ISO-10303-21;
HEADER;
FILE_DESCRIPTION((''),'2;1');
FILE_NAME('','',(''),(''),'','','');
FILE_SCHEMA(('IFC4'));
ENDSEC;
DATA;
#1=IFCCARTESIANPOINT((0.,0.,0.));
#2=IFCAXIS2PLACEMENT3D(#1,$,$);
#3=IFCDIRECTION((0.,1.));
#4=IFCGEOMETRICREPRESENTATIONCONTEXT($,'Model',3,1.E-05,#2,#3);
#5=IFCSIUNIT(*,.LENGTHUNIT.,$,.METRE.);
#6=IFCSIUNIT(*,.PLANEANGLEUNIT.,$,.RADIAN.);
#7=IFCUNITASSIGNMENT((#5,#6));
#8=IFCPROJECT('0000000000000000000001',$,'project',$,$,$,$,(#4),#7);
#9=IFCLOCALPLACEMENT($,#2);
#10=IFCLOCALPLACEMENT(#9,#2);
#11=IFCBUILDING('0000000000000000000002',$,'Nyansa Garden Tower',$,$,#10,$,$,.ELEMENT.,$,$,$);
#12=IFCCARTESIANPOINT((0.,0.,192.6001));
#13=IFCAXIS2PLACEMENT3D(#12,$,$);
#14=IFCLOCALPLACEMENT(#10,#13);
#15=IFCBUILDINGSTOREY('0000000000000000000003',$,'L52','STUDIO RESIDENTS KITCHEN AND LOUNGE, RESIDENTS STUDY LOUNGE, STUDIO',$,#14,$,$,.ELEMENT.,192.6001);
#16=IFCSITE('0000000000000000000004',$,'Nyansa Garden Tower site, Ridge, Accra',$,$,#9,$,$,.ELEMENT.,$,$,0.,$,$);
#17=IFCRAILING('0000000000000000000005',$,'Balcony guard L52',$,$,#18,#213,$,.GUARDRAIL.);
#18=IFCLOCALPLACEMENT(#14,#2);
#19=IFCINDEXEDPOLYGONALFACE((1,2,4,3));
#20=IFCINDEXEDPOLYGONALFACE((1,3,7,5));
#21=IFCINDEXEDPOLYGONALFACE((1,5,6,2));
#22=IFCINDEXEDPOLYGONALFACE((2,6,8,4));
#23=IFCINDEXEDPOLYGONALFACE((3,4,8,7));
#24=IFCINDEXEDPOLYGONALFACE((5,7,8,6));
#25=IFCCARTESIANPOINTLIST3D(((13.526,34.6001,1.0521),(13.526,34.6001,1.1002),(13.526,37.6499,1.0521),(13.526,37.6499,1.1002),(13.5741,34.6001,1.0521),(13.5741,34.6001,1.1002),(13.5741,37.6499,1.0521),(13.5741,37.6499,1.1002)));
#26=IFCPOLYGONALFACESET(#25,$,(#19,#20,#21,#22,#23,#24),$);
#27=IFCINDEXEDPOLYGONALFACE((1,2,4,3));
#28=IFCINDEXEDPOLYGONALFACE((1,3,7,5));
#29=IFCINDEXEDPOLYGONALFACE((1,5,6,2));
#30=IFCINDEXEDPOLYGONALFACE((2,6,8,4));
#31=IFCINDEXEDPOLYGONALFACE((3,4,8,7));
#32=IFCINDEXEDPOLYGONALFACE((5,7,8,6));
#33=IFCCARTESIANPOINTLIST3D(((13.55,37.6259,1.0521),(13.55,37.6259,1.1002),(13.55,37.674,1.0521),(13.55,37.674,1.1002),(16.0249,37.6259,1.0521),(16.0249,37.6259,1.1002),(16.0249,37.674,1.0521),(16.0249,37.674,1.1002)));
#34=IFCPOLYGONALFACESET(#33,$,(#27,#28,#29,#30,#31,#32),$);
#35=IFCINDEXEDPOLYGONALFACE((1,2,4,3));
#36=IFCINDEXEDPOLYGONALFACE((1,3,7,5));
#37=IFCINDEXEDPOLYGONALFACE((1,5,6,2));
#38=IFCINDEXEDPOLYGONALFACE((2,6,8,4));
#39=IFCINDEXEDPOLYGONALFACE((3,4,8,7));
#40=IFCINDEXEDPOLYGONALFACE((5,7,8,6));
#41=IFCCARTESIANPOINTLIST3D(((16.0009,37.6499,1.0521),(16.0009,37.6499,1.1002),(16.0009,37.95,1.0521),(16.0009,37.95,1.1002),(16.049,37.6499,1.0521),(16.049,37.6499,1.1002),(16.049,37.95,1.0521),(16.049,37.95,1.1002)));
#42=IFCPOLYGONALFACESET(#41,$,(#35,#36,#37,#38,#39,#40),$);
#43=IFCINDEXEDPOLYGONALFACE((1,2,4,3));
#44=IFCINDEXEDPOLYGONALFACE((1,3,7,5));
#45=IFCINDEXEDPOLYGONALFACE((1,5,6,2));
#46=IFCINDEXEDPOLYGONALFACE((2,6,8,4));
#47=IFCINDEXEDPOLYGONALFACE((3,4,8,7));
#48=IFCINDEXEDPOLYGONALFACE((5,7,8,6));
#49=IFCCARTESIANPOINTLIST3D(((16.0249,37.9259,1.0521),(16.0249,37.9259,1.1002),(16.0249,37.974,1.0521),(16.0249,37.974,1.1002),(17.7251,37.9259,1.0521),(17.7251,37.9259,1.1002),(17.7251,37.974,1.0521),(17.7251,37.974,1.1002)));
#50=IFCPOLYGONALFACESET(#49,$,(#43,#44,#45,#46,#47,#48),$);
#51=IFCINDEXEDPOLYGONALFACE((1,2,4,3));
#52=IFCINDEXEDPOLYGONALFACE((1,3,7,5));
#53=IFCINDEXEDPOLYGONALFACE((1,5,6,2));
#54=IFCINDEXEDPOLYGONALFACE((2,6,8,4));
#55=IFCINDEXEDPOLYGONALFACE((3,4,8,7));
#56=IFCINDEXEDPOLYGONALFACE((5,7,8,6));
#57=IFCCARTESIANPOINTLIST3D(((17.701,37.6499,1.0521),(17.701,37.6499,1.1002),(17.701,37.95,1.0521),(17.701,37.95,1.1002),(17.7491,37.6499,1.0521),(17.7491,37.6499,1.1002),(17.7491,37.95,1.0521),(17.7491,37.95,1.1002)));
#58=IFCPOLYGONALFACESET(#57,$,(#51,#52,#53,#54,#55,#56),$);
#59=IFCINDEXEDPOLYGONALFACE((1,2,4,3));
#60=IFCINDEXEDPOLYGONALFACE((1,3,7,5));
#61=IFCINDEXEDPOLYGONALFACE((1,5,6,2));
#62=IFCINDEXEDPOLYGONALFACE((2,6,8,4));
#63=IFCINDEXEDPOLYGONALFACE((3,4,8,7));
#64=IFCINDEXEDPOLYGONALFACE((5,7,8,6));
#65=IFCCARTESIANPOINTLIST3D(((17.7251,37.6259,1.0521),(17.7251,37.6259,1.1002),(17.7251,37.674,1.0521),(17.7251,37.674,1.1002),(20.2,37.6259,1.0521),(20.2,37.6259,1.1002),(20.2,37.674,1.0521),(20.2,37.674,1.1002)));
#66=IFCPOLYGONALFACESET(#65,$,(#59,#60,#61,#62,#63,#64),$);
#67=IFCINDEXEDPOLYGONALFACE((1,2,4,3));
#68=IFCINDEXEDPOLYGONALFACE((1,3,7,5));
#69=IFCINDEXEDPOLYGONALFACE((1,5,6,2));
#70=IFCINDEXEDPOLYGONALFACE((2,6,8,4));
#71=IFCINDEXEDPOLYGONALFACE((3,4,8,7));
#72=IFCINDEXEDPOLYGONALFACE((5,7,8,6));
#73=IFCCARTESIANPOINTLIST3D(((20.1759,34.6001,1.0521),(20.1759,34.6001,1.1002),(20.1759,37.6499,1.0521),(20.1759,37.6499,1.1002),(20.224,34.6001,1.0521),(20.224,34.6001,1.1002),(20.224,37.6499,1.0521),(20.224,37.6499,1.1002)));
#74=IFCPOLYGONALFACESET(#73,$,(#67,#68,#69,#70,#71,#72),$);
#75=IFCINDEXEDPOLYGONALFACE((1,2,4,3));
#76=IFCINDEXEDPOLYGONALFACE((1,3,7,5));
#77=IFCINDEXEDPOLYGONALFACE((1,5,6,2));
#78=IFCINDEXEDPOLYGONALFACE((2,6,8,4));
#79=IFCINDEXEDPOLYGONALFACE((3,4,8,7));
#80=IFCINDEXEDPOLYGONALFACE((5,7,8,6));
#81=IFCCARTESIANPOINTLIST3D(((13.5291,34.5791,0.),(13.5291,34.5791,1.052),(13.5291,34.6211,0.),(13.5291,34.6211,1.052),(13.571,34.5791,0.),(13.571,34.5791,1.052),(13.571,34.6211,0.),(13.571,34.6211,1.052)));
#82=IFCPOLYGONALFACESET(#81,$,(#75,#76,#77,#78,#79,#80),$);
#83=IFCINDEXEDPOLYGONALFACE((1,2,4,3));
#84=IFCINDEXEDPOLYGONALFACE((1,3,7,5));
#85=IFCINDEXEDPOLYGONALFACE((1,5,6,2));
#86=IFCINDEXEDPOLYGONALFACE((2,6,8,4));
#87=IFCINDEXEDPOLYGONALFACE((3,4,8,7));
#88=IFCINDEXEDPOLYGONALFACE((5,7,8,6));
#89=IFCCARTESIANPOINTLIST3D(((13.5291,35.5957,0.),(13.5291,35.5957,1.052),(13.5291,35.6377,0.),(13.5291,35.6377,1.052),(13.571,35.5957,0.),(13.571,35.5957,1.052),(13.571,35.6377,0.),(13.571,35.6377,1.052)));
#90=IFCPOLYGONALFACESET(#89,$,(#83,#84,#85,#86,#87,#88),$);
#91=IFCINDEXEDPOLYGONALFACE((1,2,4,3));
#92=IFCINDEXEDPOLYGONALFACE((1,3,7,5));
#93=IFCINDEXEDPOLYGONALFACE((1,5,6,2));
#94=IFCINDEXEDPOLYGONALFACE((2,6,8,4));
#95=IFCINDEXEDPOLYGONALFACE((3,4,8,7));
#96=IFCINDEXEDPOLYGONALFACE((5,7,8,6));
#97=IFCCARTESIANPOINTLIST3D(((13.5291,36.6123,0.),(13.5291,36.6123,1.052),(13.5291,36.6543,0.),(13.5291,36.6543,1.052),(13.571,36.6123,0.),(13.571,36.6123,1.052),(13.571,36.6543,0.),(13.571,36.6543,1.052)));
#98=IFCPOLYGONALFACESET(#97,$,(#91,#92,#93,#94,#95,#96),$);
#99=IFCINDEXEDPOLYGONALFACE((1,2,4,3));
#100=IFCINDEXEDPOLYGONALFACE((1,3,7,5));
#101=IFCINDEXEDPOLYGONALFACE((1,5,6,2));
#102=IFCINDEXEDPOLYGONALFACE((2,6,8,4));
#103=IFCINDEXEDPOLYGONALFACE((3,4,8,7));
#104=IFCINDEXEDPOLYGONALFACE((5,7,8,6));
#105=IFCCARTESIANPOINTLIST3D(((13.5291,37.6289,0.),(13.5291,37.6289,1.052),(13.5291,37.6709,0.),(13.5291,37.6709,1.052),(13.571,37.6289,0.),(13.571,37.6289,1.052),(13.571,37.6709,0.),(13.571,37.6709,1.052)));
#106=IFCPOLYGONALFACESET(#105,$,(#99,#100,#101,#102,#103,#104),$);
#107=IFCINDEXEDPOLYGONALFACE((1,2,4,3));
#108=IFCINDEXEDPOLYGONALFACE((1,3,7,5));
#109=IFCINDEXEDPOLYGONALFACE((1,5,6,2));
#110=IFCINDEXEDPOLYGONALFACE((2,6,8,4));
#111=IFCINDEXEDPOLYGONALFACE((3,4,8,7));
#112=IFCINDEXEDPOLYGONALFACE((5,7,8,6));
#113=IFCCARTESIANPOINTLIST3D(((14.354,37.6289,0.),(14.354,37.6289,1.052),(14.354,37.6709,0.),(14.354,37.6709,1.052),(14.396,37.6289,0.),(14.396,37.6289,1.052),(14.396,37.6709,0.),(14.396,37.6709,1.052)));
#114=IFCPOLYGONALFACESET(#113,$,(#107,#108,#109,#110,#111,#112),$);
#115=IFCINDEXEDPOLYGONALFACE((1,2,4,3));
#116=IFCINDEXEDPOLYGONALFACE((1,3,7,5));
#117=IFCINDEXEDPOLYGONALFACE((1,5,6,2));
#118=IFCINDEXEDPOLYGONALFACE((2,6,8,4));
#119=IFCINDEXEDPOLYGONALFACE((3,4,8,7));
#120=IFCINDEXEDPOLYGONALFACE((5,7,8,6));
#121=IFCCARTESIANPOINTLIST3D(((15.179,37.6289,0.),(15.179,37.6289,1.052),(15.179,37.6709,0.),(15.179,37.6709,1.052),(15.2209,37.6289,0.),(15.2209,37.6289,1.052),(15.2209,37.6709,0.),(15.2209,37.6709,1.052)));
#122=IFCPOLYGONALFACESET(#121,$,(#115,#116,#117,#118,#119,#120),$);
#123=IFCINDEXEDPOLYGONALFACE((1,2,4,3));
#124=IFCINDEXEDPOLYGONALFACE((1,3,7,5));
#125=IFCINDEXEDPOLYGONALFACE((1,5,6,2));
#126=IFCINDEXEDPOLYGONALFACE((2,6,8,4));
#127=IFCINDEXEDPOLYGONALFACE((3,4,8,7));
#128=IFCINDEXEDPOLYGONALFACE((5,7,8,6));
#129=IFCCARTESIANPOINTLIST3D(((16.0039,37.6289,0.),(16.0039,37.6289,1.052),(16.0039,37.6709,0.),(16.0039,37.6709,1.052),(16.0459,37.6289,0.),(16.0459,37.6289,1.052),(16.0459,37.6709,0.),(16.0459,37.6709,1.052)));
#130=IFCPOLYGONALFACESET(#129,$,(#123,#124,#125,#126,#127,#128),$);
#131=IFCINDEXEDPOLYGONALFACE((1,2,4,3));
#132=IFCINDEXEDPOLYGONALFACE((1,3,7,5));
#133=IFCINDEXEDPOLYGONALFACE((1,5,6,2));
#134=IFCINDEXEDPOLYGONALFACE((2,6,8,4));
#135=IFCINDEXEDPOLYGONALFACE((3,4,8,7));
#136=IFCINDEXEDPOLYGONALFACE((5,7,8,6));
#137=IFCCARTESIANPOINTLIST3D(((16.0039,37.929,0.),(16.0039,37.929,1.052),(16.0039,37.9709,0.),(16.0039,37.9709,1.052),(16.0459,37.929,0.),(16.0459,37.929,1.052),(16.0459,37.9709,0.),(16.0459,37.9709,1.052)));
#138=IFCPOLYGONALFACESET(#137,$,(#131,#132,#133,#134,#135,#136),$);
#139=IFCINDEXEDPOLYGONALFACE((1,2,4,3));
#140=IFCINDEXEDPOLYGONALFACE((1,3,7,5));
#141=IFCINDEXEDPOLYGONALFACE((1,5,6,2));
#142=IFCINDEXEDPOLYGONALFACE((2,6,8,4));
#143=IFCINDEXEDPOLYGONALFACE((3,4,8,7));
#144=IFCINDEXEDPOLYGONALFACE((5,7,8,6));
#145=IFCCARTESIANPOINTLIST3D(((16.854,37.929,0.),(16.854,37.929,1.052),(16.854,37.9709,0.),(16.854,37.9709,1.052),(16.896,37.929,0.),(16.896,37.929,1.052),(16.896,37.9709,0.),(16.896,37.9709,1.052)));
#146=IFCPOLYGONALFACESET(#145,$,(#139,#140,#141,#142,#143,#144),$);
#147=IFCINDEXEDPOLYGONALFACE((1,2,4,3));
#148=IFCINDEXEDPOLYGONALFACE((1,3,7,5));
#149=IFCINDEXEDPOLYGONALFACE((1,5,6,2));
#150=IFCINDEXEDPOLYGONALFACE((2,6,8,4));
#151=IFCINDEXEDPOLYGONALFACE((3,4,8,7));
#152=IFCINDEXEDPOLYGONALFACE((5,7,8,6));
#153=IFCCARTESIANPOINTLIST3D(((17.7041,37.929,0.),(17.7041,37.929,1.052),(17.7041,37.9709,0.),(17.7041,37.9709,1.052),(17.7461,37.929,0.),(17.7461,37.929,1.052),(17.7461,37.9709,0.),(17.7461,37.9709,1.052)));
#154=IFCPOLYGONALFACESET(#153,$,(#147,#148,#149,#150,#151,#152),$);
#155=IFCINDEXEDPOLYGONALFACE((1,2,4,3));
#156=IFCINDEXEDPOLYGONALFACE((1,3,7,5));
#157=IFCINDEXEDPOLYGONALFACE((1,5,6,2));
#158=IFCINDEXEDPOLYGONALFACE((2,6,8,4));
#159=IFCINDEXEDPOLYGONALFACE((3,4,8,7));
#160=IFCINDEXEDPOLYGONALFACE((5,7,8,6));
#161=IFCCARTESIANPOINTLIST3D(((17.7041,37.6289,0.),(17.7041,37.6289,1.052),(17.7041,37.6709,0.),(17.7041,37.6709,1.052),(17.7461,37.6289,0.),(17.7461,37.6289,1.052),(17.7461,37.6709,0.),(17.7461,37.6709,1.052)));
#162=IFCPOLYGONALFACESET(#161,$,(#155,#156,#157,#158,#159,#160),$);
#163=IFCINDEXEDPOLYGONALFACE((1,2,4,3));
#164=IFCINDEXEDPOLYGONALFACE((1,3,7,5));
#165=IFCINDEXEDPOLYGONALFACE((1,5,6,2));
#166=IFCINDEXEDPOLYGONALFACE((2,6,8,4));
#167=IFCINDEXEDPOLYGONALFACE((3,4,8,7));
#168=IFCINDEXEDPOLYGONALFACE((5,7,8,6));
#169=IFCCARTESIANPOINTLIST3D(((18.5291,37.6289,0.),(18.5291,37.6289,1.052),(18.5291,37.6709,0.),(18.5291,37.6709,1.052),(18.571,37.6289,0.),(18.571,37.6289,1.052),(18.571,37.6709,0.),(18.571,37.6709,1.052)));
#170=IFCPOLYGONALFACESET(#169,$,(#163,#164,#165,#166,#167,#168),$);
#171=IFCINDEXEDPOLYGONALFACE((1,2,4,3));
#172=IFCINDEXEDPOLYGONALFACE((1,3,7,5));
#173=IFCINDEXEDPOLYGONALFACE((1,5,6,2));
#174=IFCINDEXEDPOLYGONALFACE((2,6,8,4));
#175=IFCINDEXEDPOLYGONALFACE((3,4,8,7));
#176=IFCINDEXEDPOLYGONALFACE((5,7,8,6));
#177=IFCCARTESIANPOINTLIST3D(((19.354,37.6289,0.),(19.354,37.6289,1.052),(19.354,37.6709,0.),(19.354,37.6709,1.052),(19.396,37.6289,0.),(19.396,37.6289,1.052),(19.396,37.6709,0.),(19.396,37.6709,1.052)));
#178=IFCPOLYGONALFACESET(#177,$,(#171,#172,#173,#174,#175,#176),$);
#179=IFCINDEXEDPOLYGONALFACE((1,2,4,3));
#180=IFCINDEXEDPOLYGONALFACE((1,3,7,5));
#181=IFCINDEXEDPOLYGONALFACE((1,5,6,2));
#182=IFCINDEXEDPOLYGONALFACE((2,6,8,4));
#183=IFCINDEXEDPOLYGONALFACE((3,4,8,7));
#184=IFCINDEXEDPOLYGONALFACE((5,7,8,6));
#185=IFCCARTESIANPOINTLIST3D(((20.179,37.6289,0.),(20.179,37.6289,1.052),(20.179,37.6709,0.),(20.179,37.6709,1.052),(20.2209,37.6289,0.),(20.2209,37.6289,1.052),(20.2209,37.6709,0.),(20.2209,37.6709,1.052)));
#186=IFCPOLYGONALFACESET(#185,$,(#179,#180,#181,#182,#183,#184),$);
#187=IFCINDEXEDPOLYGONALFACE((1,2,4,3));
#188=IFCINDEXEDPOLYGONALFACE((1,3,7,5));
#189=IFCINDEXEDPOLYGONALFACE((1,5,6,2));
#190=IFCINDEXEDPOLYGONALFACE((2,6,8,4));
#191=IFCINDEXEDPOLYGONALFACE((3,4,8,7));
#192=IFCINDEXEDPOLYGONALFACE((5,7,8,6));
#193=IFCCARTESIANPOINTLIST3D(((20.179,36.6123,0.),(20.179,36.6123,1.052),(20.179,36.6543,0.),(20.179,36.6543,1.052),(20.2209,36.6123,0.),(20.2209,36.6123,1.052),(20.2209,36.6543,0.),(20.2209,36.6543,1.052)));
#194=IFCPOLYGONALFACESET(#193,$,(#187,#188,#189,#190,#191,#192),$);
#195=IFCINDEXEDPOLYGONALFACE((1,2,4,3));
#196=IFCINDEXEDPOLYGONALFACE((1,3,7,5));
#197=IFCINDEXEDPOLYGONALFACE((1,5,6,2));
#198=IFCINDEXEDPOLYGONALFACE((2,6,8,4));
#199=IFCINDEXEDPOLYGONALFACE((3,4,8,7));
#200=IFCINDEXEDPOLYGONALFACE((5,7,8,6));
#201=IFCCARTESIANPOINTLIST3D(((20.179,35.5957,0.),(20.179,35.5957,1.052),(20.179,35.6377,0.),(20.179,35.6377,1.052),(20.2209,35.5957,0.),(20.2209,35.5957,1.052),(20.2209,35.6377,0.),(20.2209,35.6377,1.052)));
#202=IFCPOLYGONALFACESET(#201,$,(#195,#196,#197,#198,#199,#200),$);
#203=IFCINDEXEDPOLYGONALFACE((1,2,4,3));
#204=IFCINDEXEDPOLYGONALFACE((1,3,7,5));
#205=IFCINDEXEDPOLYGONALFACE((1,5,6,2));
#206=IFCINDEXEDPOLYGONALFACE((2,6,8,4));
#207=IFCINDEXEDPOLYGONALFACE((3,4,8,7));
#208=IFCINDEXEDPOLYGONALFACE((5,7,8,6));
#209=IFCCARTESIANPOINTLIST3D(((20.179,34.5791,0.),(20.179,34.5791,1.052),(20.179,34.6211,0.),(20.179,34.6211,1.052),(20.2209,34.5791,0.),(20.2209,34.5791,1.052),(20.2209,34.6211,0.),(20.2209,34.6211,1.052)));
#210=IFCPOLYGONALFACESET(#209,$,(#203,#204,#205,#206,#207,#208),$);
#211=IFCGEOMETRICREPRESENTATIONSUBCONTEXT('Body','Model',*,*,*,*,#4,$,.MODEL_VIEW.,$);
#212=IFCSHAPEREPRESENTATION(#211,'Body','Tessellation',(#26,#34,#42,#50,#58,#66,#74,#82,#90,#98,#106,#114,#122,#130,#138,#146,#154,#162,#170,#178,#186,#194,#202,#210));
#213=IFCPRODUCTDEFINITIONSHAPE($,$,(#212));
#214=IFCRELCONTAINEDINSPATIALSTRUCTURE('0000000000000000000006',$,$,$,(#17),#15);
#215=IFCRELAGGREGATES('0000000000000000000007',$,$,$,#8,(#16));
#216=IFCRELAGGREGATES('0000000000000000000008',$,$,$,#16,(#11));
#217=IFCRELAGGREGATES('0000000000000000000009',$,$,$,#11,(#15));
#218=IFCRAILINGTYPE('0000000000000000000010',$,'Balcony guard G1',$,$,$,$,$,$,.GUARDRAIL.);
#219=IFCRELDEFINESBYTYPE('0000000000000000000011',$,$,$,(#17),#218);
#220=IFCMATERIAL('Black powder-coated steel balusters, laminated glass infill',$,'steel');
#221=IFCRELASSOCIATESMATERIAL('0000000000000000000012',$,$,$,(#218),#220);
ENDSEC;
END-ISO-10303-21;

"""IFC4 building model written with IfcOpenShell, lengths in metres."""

from ifc_helpers import new_model, si_unit, direction, frame, origin, origin_2d, place, context, subcontext, project, spatial, rectangle, extrude, material, type_object, element, save


model = new_model("IFC4")

# Units and contexts
model_context = context("Model", 3, precision=1e-05, world=origin(), true_north=direction((0.0, 1.0)))
body_context = subcontext(model_context, "Body", "Model", "MODEL_VIEW")
ifc_project = project(units=[si_unit("LENGTHUNIT", "METRE"), si_unit("PLANEANGLEUNIT", "RADIAN")], contexts=[model_context])

# Site, building, storey
site_placement = place(None, origin())
site = spatial("IfcSite", under=ifc_project, at=site_placement, Name="Nyansa Garden Tower site, Ridge, Accra", CompositionType="ELEMENT", RefElevation=0.0)
building_placement = place(site_placement, origin())
building = spatial("IfcBuilding", under=site, at=building_placement, Name="Nyansa Garden Tower", CompositionType="ELEMENT")
storey_placement = place(building_placement, frame((0.0, 0.0, 192.6001)))
storey = spatial("IfcBuildingStorey", under=building, at=storey_placement, Name="L52", Description="STUDIO RESIDENTS KITCHEN AND LOUNGE, RESIDENTS STUDY LOUNGE, STUDIO", CompositionType="ELEMENT", Elevation=192.6001)

# Railing
ifc_material_1 = material(Name="Black powder-coated steel balusters, laminated glass infill", Category="steel")
railing_type = type_object("IfcRailingType", Name="Balcony guard G1", PredefinedType="GUARDRAIL", material=ifc_material_1)
railing_placement = place(storey_placement, frame((13.55, 34.6001, 0.0)))
element("IfcRailing", 1, at=railing_placement, inside=storey, type_object=railing_type, Name="Balcony guard L52", PredefinedType="GUARDRAIL", context=body_context, shape_type="SweptSolid", body=[
    extrude(rectangle(XDim=0.0481, YDim=0.0481, at=origin_2d()), frame((0.0, 0.0, 1.0762), z_axis=(0.0, 1.0, 0.0), x_axis=(-1.0, 0.0, 0.0)), (0.0, 0.0, 1.0), 3.0498),
    extrude(rectangle(XDim=0.0481, YDim=0.0481, at=origin_2d()), frame((0.0, 3.0498, 1.0762), z_axis=(1.0, 0.0, 0.0), x_axis=(0.0, 1.0, 0.0)), (0.0, 0.0, 1.0), 2.4749),
    extrude(rectangle(XDim=0.0481, YDim=0.0481, at=origin_2d()), frame((2.4749, 3.0498, 1.0762), z_axis=(0.0, 1.0, 0.0), x_axis=(-1.0, 0.0, 0.0)), (0.0, 0.0, 1.0), 0.3),
    extrude(rectangle(XDim=0.0481, YDim=0.0481, at=origin_2d()), frame((2.4749, 3.3499, 1.0762), z_axis=(1.0, 0.0, 0.0), x_axis=(0.0, 1.0, 0.0)), (0.0, 0.0, 1.0), 1.7002),
    extrude(rectangle(XDim=0.0481, YDim=0.0481, at=origin_2d()), frame((4.175, 3.3499, 1.0762), z_axis=(0.0, -1.0, 0.0), x_axis=(1.0, 0.0, 0.0)), (0.0, 0.0, 1.0), 0.3),
    extrude(rectangle(XDim=0.0481, YDim=0.0481, at=origin_2d()), frame((4.175, 3.0498, 1.0762), z_axis=(1.0, 0.0, 0.0), x_axis=(0.0, 1.0, 0.0)), (0.0, 0.0, 1.0), 2.4749),
    extrude(rectangle(XDim=0.0481, YDim=0.0481, at=origin_2d()), frame((6.6499, 3.0498, 1.0762), z_axis=(0.0, -1.0, 0.0), x_axis=(1.0, 0.0, 0.0)), (0.0, 0.0, 1.0), 3.0498),
    extrude(rectangle(XDim=0.042, YDim=0.042, at=origin_2d()), origin(), (0.0, 0.0, 1.0), 1.052),
    extrude(rectangle(XDim=0.042, YDim=0.042, at=origin_2d()), frame((0.0, 1.0166, 0.0)), (0.0, 0.0, 1.0), 1.052),
    extrude(rectangle(XDim=0.042, YDim=0.042, at=origin_2d()), frame((0.0, 2.0332, 0.0)), (0.0, 0.0, 1.0), 1.052),
    extrude(rectangle(XDim=0.042, YDim=0.042, at=origin_2d()), frame((0.0, 3.0498, 0.0)), (0.0, 0.0, 1.0), 1.052),
    extrude(rectangle(XDim=0.042, YDim=0.042, at=origin_2d()), frame((0.825, 3.0498, 0.0)), (0.0, 0.0, 1.0), 1.052),
    extrude(rectangle(XDim=0.042, YDim=0.042, at=origin_2d()), frame((1.6499, 3.0498, 0.0)), (0.0, 0.0, 1.0), 1.052),
    extrude(rectangle(XDim=0.042, YDim=0.042, at=origin_2d()), frame((2.4749, 3.0498, 0.0)), (0.0, 0.0, 1.0), 1.052),
    extrude(rectangle(XDim=0.042, YDim=0.042, at=origin_2d()), frame((2.4749, 3.3499, 0.0)), (0.0, 0.0, 1.0), 1.052),
    extrude(rectangle(XDim=0.042, YDim=0.042, at=origin_2d()), frame((3.325, 3.3499, 0.0)), (0.0, 0.0, 1.0), 1.052),
    extrude(rectangle(XDim=0.042, YDim=0.042, at=origin_2d()), frame((4.175, 3.3499, 0.0)), (0.0, 0.0, 1.0), 1.052),
    extrude(rectangle(XDim=0.042, YDim=0.042, at=origin_2d()), frame((4.175, 3.0498, 0.0)), (0.0, 0.0, 1.0), 1.052),
    extrude(rectangle(XDim=0.042, YDim=0.042, at=origin_2d()), frame((5.0, 3.0498, 0.0)), (0.0, 0.0, 1.0), 1.052),
    extrude(rectangle(XDim=0.042, YDim=0.042, at=origin_2d()), frame((5.825, 3.0498, 0.0)), (0.0, 0.0, 1.0), 1.052),
    extrude(rectangle(XDim=0.042, YDim=0.042, at=origin_2d()), frame((6.6499, 3.0498, 0.0)), (0.0, 0.0, 1.0), 1.052),
    extrude(rectangle(XDim=0.042, YDim=0.042, at=origin_2d()), frame((6.6499, 2.0332, 0.0)), (0.0, 0.0, 1.0), 1.052),
    extrude(rectangle(XDim=0.042, YDim=0.042, at=origin_2d()), frame((6.6499, 1.0166, 0.0)), (0.0, 0.0, 1.0), 1.052),
    extrude(rectangle(XDim=0.042, YDim=0.042, at=origin_2d()), frame((6.6499, 0.0, 0.0)), (0.0, 0.0, 1.0), 1.052),
])

save(model, "model.ifc")
